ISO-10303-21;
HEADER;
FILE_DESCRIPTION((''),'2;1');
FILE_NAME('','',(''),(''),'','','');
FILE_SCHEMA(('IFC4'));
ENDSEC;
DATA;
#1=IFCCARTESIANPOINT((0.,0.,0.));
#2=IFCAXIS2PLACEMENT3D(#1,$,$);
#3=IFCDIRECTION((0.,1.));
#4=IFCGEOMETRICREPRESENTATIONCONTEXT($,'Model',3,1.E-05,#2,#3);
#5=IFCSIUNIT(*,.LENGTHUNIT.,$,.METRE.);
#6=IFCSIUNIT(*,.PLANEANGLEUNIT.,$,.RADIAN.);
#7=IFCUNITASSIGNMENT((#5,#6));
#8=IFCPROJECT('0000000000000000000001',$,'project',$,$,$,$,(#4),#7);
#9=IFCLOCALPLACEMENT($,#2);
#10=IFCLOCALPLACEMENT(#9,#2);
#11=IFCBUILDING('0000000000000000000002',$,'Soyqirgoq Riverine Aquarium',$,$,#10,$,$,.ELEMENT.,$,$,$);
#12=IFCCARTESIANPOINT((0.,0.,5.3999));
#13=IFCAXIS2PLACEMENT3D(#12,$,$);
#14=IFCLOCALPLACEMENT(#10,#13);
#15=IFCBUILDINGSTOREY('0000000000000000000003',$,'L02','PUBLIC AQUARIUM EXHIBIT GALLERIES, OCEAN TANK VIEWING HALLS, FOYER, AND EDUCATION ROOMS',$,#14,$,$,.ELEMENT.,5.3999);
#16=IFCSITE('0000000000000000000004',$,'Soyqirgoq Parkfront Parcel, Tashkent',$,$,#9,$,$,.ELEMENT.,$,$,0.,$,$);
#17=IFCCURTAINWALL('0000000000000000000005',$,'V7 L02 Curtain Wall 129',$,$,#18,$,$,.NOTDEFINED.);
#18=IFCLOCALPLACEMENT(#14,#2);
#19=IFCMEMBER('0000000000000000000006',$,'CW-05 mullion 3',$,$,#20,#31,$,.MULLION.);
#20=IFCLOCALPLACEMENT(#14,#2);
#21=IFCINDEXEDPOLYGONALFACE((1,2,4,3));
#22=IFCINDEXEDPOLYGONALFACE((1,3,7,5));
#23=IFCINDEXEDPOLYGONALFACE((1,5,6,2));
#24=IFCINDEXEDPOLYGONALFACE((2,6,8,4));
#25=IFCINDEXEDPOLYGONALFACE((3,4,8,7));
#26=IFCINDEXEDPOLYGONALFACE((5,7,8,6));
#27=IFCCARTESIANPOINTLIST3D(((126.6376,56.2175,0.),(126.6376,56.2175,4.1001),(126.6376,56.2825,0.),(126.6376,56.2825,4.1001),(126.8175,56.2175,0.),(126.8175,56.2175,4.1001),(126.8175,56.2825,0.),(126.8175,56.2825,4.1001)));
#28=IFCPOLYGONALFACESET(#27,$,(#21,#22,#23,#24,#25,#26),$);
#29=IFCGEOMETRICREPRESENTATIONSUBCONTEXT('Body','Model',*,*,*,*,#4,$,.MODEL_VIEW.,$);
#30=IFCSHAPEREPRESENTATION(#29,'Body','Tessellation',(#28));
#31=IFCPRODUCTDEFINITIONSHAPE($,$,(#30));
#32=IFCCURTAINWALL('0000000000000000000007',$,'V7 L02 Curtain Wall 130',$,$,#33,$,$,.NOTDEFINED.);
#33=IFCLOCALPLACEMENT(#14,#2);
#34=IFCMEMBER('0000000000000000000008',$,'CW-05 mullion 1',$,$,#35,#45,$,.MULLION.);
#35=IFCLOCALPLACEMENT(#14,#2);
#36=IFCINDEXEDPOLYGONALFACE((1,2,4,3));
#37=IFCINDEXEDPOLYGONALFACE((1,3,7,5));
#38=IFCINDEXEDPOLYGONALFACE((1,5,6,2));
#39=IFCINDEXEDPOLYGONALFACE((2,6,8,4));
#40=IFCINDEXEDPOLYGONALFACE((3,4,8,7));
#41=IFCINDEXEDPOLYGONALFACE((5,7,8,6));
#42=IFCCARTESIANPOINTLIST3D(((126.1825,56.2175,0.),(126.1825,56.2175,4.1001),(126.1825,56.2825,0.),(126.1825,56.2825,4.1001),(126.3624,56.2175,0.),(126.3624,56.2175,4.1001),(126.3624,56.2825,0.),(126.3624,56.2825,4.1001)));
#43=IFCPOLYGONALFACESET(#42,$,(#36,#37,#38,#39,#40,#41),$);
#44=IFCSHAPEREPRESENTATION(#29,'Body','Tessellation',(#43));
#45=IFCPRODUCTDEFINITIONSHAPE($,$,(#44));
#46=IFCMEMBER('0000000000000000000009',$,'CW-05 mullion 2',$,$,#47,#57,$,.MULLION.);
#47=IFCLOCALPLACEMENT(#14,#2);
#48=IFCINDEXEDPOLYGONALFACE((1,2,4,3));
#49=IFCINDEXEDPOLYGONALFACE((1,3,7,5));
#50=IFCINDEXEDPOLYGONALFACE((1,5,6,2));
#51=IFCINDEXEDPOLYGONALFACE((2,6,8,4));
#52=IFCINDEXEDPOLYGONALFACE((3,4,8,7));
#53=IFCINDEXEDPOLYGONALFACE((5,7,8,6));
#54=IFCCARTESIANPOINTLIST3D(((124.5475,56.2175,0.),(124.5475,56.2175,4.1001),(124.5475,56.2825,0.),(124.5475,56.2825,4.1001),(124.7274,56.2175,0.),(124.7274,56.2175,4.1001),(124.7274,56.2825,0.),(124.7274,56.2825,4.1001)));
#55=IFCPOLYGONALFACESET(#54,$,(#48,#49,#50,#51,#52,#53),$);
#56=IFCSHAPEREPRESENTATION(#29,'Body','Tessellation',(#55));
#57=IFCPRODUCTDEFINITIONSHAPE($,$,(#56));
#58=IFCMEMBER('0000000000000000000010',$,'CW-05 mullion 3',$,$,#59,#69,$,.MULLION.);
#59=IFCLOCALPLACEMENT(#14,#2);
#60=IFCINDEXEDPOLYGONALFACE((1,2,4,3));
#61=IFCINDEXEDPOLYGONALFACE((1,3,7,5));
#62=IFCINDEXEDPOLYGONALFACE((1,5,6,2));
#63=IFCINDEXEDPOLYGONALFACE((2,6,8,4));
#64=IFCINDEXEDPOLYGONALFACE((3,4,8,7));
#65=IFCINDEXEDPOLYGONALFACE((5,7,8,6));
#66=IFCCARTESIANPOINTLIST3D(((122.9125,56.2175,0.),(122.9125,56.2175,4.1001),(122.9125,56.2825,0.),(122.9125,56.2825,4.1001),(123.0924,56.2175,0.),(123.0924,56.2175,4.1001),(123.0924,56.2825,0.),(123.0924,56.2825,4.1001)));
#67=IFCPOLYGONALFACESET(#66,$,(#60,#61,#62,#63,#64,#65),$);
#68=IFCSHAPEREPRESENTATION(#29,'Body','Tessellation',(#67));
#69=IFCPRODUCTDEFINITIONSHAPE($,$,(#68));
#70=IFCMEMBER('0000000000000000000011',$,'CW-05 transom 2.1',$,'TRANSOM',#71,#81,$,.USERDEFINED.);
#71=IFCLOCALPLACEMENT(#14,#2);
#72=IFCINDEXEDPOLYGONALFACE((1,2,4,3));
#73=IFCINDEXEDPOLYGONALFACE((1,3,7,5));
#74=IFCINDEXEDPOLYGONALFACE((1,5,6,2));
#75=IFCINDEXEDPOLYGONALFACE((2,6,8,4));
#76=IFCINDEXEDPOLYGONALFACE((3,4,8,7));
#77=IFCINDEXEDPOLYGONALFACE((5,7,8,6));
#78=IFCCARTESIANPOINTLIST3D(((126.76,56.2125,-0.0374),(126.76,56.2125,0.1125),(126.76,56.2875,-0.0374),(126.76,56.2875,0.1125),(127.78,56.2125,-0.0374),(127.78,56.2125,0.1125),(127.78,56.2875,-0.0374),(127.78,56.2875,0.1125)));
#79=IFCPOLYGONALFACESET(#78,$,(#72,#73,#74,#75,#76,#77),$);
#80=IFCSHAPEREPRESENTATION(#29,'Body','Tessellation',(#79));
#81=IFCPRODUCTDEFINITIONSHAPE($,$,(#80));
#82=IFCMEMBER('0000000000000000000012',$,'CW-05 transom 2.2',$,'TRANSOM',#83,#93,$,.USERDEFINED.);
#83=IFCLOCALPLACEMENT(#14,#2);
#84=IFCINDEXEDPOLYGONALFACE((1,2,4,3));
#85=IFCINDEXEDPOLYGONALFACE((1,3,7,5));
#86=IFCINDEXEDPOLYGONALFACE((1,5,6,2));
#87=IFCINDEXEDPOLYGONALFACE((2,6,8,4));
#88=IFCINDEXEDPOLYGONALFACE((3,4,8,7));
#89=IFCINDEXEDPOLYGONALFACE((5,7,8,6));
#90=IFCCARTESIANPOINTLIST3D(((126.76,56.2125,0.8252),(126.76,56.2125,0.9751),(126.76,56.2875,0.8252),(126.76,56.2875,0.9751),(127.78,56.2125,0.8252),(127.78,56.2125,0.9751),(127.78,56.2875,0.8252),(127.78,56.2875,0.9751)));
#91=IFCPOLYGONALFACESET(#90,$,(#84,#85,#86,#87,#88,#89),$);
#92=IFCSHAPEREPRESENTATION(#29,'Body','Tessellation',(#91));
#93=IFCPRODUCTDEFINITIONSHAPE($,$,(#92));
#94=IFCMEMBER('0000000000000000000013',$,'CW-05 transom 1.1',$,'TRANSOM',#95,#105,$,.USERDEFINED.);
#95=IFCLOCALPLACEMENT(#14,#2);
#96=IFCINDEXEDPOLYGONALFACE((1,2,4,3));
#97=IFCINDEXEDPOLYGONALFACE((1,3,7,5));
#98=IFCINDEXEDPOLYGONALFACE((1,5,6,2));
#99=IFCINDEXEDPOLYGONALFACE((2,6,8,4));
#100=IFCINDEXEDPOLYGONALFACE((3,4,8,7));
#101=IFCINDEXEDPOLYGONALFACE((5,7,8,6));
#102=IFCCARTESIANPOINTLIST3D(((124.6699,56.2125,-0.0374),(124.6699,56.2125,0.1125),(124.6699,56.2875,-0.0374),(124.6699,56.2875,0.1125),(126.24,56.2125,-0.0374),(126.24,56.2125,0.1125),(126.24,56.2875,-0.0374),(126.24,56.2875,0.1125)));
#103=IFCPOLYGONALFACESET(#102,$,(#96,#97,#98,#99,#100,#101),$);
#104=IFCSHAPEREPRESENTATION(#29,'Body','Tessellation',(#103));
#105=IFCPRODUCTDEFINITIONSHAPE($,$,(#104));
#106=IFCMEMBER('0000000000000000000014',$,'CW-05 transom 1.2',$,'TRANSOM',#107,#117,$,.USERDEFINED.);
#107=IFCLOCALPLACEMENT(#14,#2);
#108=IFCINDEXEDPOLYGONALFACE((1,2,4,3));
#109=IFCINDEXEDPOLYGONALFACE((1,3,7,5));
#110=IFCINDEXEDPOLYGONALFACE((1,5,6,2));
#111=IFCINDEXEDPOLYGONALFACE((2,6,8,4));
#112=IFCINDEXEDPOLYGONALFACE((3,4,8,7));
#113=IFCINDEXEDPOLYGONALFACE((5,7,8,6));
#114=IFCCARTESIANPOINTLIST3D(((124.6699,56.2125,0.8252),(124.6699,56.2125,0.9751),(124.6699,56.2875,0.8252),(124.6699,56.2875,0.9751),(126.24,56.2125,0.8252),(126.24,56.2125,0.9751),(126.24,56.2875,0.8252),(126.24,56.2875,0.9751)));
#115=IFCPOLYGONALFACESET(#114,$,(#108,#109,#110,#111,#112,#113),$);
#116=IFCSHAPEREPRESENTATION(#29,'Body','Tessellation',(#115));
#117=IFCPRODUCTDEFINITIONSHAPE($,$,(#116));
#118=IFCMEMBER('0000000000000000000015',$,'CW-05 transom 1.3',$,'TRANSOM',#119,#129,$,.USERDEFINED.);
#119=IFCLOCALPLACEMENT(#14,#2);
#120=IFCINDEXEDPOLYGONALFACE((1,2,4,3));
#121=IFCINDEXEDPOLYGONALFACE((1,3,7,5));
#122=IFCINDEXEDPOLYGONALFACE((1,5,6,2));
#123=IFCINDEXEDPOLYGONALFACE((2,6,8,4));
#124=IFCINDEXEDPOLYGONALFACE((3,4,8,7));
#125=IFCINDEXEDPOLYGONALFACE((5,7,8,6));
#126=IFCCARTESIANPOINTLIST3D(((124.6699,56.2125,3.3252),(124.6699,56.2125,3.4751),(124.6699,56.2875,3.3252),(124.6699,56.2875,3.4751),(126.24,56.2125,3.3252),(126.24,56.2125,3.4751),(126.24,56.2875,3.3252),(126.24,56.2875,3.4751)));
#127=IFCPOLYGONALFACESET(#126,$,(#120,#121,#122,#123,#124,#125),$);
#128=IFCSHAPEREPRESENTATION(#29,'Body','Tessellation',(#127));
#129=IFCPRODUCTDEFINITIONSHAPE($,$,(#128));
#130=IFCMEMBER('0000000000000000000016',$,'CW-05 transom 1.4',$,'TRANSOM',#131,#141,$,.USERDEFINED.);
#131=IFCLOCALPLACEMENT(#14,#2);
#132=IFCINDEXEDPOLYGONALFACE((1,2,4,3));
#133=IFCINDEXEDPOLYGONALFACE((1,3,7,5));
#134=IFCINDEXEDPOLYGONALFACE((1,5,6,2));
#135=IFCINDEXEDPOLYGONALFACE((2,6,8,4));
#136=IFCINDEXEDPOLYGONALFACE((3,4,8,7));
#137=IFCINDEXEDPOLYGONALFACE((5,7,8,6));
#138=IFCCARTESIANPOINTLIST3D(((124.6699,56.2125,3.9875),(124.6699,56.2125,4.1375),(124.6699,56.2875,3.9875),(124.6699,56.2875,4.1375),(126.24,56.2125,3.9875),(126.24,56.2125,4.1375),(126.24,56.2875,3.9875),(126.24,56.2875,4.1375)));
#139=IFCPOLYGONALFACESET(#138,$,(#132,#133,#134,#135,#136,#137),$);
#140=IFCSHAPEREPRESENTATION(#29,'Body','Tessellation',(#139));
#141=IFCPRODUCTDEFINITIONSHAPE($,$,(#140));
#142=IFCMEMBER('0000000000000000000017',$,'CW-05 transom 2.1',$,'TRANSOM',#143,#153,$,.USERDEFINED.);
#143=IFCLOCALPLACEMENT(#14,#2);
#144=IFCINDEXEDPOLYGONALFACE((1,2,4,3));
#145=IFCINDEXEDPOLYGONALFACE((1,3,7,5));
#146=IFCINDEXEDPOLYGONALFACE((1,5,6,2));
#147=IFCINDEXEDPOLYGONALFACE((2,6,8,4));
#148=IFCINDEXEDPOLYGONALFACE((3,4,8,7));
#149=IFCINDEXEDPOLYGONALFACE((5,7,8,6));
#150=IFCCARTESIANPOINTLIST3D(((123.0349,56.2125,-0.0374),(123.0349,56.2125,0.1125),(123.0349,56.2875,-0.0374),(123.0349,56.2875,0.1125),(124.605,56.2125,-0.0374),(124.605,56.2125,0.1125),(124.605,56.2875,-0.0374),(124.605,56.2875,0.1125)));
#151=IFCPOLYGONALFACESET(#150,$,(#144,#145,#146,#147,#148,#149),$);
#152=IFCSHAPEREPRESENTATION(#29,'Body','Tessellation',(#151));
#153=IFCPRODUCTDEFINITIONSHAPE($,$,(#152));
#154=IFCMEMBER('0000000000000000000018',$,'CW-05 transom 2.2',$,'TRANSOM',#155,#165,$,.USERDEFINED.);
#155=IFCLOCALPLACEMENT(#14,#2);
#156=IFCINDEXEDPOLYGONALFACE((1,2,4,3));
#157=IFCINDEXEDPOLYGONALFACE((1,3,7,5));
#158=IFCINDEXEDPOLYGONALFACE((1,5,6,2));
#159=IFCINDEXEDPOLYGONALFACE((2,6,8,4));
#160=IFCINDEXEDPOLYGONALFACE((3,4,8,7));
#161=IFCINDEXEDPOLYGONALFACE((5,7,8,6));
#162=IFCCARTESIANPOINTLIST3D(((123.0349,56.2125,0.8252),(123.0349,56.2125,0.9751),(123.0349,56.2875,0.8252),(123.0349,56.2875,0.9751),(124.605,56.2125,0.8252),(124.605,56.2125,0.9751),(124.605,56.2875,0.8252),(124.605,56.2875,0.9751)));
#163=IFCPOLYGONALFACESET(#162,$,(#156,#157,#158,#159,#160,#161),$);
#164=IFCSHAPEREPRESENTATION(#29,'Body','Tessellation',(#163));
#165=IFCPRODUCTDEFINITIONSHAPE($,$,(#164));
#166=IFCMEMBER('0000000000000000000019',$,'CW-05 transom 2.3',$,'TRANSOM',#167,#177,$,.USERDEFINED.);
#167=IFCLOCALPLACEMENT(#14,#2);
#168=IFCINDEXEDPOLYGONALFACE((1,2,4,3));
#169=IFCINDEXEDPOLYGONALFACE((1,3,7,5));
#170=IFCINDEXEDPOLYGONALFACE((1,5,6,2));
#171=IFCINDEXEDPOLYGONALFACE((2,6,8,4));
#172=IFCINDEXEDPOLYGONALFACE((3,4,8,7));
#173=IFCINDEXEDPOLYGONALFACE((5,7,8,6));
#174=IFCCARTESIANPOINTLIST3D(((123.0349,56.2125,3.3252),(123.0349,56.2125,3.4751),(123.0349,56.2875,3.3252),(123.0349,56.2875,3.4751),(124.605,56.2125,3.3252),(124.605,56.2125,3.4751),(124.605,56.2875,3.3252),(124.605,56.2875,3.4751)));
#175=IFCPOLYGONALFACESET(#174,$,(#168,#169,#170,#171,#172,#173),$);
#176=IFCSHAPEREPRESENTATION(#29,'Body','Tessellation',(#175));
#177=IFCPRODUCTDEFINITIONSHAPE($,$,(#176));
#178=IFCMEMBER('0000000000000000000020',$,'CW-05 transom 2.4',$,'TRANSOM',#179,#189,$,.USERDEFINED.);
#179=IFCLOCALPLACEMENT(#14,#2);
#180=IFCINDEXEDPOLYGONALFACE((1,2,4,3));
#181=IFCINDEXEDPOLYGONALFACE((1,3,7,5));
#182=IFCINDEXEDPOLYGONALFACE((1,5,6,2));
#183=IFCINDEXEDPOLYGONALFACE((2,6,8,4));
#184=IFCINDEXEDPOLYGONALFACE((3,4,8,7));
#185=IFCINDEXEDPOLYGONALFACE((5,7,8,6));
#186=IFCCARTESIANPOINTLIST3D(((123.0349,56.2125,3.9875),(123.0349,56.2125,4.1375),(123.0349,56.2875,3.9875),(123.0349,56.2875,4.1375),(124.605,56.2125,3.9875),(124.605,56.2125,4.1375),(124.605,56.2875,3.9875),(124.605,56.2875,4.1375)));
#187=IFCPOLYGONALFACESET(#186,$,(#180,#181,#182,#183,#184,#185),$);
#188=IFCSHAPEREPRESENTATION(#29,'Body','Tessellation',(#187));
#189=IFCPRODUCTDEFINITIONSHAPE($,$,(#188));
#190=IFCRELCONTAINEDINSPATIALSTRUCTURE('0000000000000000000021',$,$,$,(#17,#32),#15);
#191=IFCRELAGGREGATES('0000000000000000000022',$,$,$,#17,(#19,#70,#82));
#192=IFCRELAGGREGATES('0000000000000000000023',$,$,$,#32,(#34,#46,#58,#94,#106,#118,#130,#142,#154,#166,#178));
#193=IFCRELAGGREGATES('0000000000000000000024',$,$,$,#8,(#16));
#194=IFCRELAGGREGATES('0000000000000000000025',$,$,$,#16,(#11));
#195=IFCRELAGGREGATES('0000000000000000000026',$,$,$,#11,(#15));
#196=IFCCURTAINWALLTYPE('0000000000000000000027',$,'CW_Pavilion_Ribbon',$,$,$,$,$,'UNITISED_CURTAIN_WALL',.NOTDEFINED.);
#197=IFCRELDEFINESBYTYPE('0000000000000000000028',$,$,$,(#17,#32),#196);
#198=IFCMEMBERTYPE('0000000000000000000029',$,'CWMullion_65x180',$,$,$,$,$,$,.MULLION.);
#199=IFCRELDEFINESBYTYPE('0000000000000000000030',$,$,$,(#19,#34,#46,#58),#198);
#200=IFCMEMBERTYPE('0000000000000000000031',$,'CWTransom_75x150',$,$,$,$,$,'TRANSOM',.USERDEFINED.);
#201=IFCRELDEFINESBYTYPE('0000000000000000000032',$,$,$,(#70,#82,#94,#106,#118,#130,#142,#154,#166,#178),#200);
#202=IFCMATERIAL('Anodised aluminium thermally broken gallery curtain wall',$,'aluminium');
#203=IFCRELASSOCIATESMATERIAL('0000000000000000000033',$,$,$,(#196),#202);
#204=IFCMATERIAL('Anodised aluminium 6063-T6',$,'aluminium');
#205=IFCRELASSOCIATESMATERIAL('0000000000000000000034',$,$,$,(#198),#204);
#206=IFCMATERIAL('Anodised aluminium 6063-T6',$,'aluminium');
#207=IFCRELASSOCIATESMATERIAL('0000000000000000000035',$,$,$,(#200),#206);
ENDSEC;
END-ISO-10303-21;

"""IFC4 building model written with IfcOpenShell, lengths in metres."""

from ifc_helpers import new_model, si_unit, direction, frame, origin, origin_2d, place, context, subcontext, project, spatial, rectangle, extrude, material, material_profile, profile_set, type_object, element, aggregate, save


model = new_model("IFC4")

# Units and contexts
model_context = context("Model", 3, precision=1e-05, world=origin(), true_north=direction((0.0, 1.0)))
body_context = subcontext(model_context, "Body", "Model", "MODEL_VIEW")
ifc_project = project(units=[si_unit("LENGTHUNIT", "METRE"), si_unit("PLANEANGLEUNIT", "RADIAN")], contexts=[model_context])

# Site, building, storey
site_placement = place(None, origin())
site = spatial("IfcSite", under=ifc_project, at=site_placement, Name="Soyqirgoq Parkfront Parcel, Tashkent", CompositionType="ELEMENT", RefElevation=0.0)
building_placement = place(site_placement, origin())
building = spatial("IfcBuilding", under=site, at=building_placement, Name="Soyqirgoq Riverine Aquarium", CompositionType="ELEMENT")
storey_placement = place(building_placement, frame((0.0, 0.0, 5.3999)))
storey = spatial("IfcBuildingStorey", under=building, at=storey_placement, Name="L02", Description="PUBLIC AQUARIUM EXHIBIT GALLERIES, OCEAN TANK VIEWING HALLS, FOYER, AND EDUCATION ROOMS", CompositionType="ELEMENT", Elevation=5.3999)

# Curtain wall, member
ifc_material_1 = material(Name="Anodised aluminium thermally broken gallery curtain wall", Category="aluminium")
curtain_wall_type = type_object("IfcCurtainWallType", Name="CW_Pavilion_Ribbon", ElementType="UNITISED_CURTAIN_WALL", PredefinedType="NOTDEFINED", material=ifc_material_1)
curtain_wall_1_placement = place(storey_placement, origin())
curtain_wall_1 = element("IfcCurtainWall", 1, at=curtain_wall_1_placement, inside=storey, type_object=curtain_wall_type, Name="V7 L02 Curtain Wall 129", PredefinedType="NOTDEFINED")
ifc_material_2 = material(Name="Anodised aluminium 6063-T6", Category="aluminium")
ifc_material_profile_1 = material_profile(ifc_material_2, rectangle(XDim=0.0649, YDim=0.1799, at=origin_2d()), Name="ALU-M 65x180")
ifc_profile_set_1 = profile_set([ifc_material_profile_1], Name="Anodised aluminium 6063-T6")
member_type_1 = type_object("IfcMemberType", Name="CWMullion_65x180", PredefinedType="MULLION", material=ifc_profile_set_1)
member_1_placement = place(storey_placement, frame((126.7275, 56.25, 0.0), z_axis=(0.0, 0.0, 1.0), x_axis=(0.0, -1.0, 0.0)))
member_1 = element("IfcMember", 2, at=member_1_placement, type_object=member_type_1, Name="CW-05 mullion 3", PredefinedType="MULLION", context=body_context, shape_type="SweptSolid", body=[
    extrude(rectangle(XDim=0.0649, YDim=0.1799, at=origin_2d()), origin(), (0.0, 0.0, 1.0), 4.1001),
])

# Curtain wall, members
curtain_wall_2_placement = place(storey_placement, origin())
curtain_wall_2 = element("IfcCurtainWall", 3, at=curtain_wall_2_placement, inside=storey, type_object=curtain_wall_type, Name="V7 L02 Curtain Wall 130", PredefinedType="NOTDEFINED")
member_2_placement = place(storey_placement, frame((126.2725, 56.25, 0.0), z_axis=(0.0, 0.0, 1.0), x_axis=(0.0, -1.0, 0.0)))
member_2 = element("IfcMember", 4, at=member_2_placement, type_object=member_type_1, Name="CW-05 mullion 1", PredefinedType="MULLION", context=body_context, shape_type="SweptSolid", body=[
    extrude(rectangle(XDim=0.0649, YDim=0.1799, at=origin_2d()), origin(), (0.0, 0.0, 1.0), 4.1001),
])
member_3_placement = place(storey_placement, frame((124.6375, 56.25, 0.0), z_axis=(0.0, 0.0, 1.0), x_axis=(0.0, -1.0, 0.0)))
member_3 = element("IfcMember", 5, at=member_3_placement, type_object=member_type_1, Name="CW-05 mullion 2", PredefinedType="MULLION", context=body_context, shape_type="SweptSolid", body=[
    extrude(rectangle(XDim=0.0649, YDim=0.1799, at=origin_2d()), origin(), (0.0, 0.0, 1.0), 4.1001),
])
member_4_placement = place(storey_placement, frame((123.0024, 56.25, 0.0), z_axis=(0.0, 0.0, 1.0), x_axis=(0.0, -1.0, 0.0)))
member_4 = element("IfcMember", 6, at=member_4_placement, type_object=member_type_1, Name="CW-05 mullion 3", PredefinedType="MULLION", context=body_context, shape_type="SweptSolid", body=[
    extrude(rectangle(XDim=0.0649, YDim=0.1799, at=origin_2d()), origin(), (0.0, 0.0, 1.0), 4.1001),
])

# Members
ifc_material_3 = material(Name="Anodised aluminium 6063-T6", Category="aluminium")
ifc_material_profile_2 = material_profile(ifc_material_3, rectangle(XDim=0.075, YDim=0.1499, at=origin_2d()), Name="ALU-T 75x150")
ifc_profile_set_2 = profile_set([ifc_material_profile_2], Name="Anodised aluminium 6063-T6")
member_type_2 = type_object("IfcMemberType", Name="CWTransom_75x150", ElementType="TRANSOM", PredefinedType="USERDEFINED", material=ifc_profile_set_2)
member_5_placement = place(storey_placement, frame((127.78, 56.25, 0.0376), z_axis=(-1.0, 0.0, 0.0), x_axis=(0.0, -1.0, 0.0)))
member_5 = element("IfcMember", 7, at=member_5_placement, type_object=member_type_2, Name="CW-05 transom 2.1", ObjectType="TRANSOM", PredefinedType="USERDEFINED", context=body_context, shape_type="SweptSolid", body=[
    extrude(rectangle(XDim=0.075, YDim=0.1499, at=origin_2d()), origin(), (0.0, 0.0, 1.0), 1.02),
])
member_6_placement = place(storey_placement, frame((127.78, 56.25, 0.9001), z_axis=(-1.0, 0.0, 0.0), x_axis=(0.0, -1.0, 0.0)))
member_6 = element("IfcMember", 8, at=member_6_placement, type_object=member_type_2, Name="CW-05 transom 2.2", ObjectType="TRANSOM", PredefinedType="USERDEFINED", context=body_context, shape_type="SweptSolid", body=[
    extrude(rectangle(XDim=0.075, YDim=0.1499, at=origin_2d()), origin(), (0.0, 0.0, 1.0), 1.02),
])
member_7_placement = place(storey_placement, frame((126.24, 56.25, 0.0376), z_axis=(-1.0, 0.0, 0.0), x_axis=(0.0, -1.0, 0.0)))
member_7 = element("IfcMember", 9, at=member_7_placement, type_object=member_type_2, Name="CW-05 transom 1.1", ObjectType="TRANSOM", PredefinedType="USERDEFINED", context=body_context, shape_type="SweptSolid", body=[
    extrude(rectangle(XDim=0.075, YDim=0.1499, at=origin_2d()), origin(), (0.0, 0.0, 1.0), 1.5701),
])
member_8_placement = place(storey_placement, frame((126.24, 56.25, 0.9001), z_axis=(-1.0, 0.0, 0.0), x_axis=(0.0, -1.0, 0.0)))
member_8 = element("IfcMember", 10, at=member_8_placement, type_object=member_type_2, Name="CW-05 transom 1.2", ObjectType="TRANSOM", PredefinedType="USERDEFINED", context=body_context, shape_type="SweptSolid", body=[
    extrude(rectangle(XDim=0.075, YDim=0.1499, at=origin_2d()), origin(), (0.0, 0.0, 1.0), 1.5701),
])
member_9_placement = place(storey_placement, frame((126.24, 56.25, 3.4001), z_axis=(-1.0, 0.0, 0.0), x_axis=(0.0, -1.0, 0.0)))
member_9 = element("IfcMember", 11, at=member_9_placement, type_object=member_type_2, Name="CW-05 transom 1.3", ObjectType="TRANSOM", PredefinedType="USERDEFINED", context=body_context, shape_type="SweptSolid", body=[
    extrude(rectangle(XDim=0.075, YDim=0.1499, at=origin_2d()), origin(), (0.0, 0.0, 1.0), 1.5701),
])
member_10_placement = place(storey_placement, frame((126.24, 56.25, 4.0625), z_axis=(-1.0, 0.0, 0.0), x_axis=(0.0, -1.0, 0.0)))
member_10 = element("IfcMember", 12, at=member_10_placement, type_object=member_type_2, Name="CW-05 transom 1.4", ObjectType="TRANSOM", PredefinedType="USERDEFINED", context=body_context, shape_type="SweptSolid", body=[
    extrude(rectangle(XDim=0.075, YDim=0.1499, at=origin_2d()), origin(), (0.0, 0.0, 1.0), 1.5701),
])
member_11_placement = place(storey_placement, frame((124.605, 56.25, 0.0376), z_axis=(-1.0, 0.0, 0.0), x_axis=(0.0, -1.0, 0.0)))
member_11 = element("IfcMember", 13, at=member_11_placement, type_object=member_type_2, Name="CW-05 transom 2.1", ObjectType="TRANSOM", PredefinedType="USERDEFINED", context=body_context, shape_type="SweptSolid", body=[
    extrude(rectangle(XDim=0.075, YDim=0.1499, at=origin_2d()), origin(), (0.0, 0.0, 1.0), 1.5701),
])
member_12_placement = place(storey_placement, frame((124.605, 56.25, 0.9001), z_axis=(-1.0, 0.0, 0.0), x_axis=(0.0, -1.0, 0.0)))
member_12 = element("IfcMember", 14, at=member_12_placement, type_object=member_type_2, Name="CW-05 transom 2.2", ObjectType="TRANSOM", PredefinedType="USERDEFINED", context=body_context, shape_type="SweptSolid", body=[
    extrude(rectangle(XDim=0.075, YDim=0.1499, at=origin_2d()), origin(), (0.0, 0.0, 1.0), 1.5701),
])
member_13_placement = place(storey_placement, frame((124.605, 56.25, 3.4001), z_axis=(-1.0, 0.0, 0.0), x_axis=(0.0, -1.0, 0.0)))
member_13 = element("IfcMember", 15, at=member_13_placement, type_object=member_type_2, Name="CW-05 transom 2.3", ObjectType="TRANSOM", PredefinedType="USERDEFINED", context=body_context, shape_type="SweptSolid", body=[
    extrude(rectangle(XDim=0.075, YDim=0.1499, at=origin_2d()), origin(), (0.0, 0.0, 1.0), 1.5701),
])
member_14_placement = place(storey_placement, frame((124.605, 56.25, 4.0625), z_axis=(-1.0, 0.0, 0.0), x_axis=(0.0, -1.0, 0.0)))
member_14 = element("IfcMember", 16, at=member_14_placement, type_object=member_type_2, Name="CW-05 transom 2.4", ObjectType="TRANSOM", PredefinedType="USERDEFINED", context=body_context, shape_type="SweptSolid", body=[
    extrude(rectangle(XDim=0.075, YDim=0.1499, at=origin_2d()), origin(), (0.0, 0.0, 1.0), 1.5701),
])

aggregate(curtain_wall_1, [member_1, member_5, member_6])
aggregate(curtain_wall_2, [member_2, member_3, member_4, member_7, member_8, member_9, member_10, member_11, member_12, member_13, member_14])

save(model, "model.ifc")
